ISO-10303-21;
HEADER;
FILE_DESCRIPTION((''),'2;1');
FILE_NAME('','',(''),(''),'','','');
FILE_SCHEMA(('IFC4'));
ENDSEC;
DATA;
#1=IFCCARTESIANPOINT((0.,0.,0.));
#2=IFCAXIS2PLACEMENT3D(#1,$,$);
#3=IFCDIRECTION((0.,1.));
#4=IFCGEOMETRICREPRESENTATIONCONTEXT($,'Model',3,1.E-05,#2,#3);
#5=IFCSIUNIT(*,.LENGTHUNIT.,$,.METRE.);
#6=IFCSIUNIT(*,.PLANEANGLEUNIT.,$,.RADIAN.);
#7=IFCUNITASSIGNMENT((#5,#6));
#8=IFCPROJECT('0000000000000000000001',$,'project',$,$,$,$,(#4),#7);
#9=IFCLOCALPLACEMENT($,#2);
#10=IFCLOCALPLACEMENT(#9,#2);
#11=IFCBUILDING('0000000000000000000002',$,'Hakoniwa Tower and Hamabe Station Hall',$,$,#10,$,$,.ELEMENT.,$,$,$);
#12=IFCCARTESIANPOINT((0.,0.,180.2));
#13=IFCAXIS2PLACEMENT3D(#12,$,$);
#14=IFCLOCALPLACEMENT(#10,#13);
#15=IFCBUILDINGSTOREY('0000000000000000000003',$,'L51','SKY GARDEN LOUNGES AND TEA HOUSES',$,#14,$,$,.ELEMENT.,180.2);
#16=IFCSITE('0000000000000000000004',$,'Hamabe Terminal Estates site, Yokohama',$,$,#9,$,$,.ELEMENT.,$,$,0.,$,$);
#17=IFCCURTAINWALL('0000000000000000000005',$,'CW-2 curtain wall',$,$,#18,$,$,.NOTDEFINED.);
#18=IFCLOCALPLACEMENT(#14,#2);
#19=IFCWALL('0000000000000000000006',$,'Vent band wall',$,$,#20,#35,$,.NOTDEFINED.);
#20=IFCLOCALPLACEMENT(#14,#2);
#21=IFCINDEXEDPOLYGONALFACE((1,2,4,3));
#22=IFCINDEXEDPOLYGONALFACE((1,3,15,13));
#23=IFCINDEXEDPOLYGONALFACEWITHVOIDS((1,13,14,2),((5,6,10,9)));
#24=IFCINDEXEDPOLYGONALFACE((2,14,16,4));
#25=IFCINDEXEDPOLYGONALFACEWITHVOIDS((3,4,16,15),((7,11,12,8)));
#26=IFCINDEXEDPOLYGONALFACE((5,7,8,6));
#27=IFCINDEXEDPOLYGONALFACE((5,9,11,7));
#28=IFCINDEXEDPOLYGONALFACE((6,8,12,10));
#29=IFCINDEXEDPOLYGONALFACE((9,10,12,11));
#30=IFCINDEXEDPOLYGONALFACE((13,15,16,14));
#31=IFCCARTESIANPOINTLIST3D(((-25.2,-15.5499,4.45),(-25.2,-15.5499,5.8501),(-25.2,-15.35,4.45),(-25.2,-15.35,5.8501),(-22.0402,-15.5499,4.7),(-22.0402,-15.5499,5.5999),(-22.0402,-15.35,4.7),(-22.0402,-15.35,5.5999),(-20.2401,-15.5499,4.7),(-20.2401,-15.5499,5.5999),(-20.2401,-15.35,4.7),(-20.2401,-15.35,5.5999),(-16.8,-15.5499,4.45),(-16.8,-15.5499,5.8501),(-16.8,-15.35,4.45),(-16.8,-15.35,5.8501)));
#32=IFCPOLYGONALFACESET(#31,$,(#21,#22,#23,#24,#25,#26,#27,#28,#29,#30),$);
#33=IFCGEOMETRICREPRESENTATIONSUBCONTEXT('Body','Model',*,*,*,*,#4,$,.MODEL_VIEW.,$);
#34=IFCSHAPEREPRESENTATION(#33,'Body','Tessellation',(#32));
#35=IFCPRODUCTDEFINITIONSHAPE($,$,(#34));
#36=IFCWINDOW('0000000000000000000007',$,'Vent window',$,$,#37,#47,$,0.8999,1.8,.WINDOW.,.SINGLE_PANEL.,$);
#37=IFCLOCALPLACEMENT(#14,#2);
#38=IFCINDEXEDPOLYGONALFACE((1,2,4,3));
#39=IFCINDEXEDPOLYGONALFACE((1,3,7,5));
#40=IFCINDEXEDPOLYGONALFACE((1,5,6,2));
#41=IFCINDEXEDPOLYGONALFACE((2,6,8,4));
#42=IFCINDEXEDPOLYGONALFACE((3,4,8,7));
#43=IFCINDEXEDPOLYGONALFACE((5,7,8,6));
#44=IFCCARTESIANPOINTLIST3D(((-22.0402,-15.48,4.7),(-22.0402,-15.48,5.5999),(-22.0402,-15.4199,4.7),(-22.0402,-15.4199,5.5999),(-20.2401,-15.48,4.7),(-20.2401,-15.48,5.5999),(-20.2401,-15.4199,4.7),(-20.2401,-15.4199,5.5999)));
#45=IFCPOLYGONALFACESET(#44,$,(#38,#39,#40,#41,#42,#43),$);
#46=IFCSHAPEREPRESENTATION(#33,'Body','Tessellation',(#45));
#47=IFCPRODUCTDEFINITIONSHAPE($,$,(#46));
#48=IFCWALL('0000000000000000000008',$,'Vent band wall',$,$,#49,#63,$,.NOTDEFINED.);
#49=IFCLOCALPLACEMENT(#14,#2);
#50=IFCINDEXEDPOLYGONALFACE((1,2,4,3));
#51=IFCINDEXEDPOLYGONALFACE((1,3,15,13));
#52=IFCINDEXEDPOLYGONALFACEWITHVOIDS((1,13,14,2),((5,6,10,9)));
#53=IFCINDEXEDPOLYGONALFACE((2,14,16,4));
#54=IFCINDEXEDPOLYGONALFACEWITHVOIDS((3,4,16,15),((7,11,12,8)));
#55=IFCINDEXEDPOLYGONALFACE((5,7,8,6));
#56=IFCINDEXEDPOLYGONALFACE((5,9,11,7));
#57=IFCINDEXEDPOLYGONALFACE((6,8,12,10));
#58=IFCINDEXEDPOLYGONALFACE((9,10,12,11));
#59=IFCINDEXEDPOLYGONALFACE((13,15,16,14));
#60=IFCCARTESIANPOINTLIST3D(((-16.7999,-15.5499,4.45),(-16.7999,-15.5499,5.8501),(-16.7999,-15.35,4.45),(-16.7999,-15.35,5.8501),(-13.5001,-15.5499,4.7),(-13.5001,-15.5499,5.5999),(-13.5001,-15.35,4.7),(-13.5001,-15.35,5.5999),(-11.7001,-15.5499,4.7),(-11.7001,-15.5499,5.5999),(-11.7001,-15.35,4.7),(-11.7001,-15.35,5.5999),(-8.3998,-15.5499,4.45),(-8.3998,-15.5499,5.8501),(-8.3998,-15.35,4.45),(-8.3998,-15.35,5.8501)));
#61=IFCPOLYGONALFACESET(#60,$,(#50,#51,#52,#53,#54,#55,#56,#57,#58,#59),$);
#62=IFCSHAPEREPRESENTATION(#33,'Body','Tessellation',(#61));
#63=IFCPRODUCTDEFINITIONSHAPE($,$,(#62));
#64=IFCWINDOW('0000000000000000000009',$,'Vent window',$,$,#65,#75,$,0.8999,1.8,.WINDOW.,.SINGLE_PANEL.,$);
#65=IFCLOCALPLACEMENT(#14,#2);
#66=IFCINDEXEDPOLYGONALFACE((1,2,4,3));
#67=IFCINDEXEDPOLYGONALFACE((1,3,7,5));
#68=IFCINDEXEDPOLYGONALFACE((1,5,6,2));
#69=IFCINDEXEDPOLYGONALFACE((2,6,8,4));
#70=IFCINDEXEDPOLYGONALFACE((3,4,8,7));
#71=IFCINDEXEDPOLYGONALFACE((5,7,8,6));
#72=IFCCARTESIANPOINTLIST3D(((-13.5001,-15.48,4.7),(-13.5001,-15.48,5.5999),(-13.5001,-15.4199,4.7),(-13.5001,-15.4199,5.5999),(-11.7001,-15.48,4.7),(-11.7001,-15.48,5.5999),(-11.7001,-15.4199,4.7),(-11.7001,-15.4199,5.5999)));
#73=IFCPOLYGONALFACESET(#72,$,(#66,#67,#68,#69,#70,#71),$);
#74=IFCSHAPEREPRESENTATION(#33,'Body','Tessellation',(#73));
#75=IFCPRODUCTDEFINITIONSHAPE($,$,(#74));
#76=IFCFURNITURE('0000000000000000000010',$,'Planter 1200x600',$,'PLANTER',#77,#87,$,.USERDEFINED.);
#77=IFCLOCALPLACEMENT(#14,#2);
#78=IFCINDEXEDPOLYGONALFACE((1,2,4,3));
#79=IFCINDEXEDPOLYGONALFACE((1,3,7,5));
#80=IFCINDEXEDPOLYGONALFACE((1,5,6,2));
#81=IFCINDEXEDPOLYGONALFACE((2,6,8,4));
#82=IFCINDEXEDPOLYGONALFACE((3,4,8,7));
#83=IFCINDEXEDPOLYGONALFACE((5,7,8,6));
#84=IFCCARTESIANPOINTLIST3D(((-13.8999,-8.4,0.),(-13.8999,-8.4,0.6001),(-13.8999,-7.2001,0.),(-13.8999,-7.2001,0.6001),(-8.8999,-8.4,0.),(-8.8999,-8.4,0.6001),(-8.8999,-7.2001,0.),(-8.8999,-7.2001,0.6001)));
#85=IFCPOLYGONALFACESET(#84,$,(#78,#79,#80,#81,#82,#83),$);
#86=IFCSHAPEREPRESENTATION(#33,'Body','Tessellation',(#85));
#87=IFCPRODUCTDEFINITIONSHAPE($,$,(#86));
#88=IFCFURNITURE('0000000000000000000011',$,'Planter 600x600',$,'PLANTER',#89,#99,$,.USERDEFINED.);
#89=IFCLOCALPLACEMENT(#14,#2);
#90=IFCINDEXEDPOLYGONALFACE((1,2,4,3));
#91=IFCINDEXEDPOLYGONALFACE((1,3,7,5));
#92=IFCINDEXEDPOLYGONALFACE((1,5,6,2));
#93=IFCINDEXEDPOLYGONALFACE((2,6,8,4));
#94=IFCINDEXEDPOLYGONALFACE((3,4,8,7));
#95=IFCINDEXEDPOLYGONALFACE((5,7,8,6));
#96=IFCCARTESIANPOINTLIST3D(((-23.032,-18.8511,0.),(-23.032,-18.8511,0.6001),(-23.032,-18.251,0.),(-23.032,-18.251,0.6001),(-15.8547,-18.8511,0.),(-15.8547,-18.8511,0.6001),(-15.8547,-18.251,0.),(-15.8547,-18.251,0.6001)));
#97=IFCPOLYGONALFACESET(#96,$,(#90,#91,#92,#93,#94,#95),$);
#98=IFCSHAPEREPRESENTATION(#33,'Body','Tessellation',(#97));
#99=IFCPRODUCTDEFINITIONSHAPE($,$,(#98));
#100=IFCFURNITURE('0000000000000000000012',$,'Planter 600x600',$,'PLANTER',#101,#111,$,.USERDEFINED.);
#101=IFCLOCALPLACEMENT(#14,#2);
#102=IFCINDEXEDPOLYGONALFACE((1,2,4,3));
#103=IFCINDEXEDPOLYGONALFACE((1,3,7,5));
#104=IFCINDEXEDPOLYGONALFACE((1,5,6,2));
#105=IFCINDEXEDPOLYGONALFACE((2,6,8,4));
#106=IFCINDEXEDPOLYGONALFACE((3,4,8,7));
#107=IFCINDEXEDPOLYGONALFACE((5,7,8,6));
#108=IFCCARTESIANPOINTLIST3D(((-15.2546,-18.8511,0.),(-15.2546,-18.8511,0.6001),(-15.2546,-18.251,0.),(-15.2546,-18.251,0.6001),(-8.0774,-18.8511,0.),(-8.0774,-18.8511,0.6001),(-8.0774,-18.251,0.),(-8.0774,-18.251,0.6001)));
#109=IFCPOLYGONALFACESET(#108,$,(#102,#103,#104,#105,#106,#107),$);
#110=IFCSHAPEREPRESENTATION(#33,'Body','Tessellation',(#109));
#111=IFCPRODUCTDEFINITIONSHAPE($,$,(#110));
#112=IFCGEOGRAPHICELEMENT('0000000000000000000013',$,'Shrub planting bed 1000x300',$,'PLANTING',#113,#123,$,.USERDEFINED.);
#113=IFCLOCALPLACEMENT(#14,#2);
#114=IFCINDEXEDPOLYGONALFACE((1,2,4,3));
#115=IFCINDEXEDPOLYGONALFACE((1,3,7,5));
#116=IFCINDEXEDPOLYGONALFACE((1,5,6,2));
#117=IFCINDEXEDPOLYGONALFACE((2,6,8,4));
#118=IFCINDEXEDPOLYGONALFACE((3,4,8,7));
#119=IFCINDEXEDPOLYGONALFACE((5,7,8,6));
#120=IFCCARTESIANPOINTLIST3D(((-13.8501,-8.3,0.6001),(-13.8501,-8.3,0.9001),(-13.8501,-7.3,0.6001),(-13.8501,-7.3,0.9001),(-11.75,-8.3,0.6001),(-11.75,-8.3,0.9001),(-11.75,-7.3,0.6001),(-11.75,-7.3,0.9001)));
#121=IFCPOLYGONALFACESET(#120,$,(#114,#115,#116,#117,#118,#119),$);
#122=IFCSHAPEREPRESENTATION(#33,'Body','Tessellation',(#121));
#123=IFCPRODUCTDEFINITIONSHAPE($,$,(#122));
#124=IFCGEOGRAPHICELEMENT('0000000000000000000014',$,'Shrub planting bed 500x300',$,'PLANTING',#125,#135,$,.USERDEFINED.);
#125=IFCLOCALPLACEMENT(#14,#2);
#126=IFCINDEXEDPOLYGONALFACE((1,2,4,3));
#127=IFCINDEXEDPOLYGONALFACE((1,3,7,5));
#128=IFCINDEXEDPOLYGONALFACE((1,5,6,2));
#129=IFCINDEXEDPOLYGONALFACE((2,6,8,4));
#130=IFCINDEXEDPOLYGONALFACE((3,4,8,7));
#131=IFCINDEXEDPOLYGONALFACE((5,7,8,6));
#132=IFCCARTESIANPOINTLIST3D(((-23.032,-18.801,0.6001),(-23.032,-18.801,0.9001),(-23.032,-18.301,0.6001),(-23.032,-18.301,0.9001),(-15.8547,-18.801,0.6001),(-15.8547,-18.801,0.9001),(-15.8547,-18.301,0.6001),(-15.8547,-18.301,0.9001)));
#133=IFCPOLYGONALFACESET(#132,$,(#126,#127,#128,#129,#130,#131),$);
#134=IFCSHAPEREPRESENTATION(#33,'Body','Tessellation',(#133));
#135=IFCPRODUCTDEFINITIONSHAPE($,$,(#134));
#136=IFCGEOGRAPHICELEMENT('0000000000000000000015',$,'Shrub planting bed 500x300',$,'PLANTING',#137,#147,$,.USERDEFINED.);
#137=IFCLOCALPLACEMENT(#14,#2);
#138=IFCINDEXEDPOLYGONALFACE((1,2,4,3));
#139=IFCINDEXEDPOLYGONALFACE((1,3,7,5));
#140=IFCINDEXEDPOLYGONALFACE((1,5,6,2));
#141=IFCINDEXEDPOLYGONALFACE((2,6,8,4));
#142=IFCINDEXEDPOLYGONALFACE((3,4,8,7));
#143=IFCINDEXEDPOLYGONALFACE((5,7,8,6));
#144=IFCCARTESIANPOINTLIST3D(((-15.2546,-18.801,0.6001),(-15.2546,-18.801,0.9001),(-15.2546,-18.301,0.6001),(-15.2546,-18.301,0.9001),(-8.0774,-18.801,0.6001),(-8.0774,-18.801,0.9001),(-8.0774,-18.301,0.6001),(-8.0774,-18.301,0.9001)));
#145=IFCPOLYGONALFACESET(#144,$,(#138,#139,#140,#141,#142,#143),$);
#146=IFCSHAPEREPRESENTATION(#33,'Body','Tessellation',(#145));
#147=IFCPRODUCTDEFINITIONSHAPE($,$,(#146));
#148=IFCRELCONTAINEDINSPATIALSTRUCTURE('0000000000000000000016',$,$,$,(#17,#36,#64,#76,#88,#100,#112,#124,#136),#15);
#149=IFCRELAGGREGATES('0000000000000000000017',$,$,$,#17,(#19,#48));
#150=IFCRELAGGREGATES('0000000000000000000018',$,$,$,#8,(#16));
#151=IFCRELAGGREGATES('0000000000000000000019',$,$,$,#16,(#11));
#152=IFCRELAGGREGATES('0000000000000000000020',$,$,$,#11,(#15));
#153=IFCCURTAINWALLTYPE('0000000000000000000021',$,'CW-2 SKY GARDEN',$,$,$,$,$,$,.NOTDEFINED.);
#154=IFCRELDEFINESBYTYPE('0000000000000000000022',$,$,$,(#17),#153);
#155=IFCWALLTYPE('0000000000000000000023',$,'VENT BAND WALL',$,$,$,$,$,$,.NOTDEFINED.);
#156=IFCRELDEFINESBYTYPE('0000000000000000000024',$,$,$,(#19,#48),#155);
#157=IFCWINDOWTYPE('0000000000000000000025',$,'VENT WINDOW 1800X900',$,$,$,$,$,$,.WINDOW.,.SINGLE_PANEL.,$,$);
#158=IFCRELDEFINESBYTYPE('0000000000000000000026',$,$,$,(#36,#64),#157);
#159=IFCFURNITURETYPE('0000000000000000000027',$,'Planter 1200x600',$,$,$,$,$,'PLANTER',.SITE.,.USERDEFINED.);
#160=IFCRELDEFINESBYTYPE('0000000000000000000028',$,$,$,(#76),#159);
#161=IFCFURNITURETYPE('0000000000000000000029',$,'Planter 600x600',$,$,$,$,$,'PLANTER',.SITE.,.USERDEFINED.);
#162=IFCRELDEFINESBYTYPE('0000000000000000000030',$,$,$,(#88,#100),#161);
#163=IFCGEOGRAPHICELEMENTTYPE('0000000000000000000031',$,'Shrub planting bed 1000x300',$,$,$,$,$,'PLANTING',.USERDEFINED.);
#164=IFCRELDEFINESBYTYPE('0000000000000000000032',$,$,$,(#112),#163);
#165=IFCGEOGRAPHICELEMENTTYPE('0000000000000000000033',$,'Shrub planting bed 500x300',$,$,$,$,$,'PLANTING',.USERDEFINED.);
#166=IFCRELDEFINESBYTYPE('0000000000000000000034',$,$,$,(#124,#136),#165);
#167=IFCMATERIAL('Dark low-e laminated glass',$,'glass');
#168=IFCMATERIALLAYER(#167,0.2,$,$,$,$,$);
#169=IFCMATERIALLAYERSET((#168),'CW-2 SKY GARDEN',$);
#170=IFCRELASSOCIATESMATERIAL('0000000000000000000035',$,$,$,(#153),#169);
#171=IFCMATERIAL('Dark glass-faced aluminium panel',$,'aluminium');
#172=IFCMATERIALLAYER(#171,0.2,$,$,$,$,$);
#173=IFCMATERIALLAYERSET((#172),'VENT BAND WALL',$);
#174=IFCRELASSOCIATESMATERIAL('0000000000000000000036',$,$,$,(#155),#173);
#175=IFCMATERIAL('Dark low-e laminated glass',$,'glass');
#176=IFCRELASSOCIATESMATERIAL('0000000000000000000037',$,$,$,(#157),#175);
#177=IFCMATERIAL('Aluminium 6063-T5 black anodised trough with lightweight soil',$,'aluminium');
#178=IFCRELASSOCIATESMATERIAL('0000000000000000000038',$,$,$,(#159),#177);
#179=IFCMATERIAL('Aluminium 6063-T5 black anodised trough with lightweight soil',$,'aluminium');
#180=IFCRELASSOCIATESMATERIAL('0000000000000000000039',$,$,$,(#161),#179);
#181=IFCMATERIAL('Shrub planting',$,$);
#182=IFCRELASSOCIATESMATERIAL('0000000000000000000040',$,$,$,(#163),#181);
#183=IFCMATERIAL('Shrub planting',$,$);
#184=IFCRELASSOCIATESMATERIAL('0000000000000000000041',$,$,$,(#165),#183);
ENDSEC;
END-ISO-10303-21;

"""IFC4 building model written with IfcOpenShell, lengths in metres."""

from ifc_helpers import new_model, si_unit, direction, frame, frame_2d, origin, origin_2d, place, context, subcontext, project, spatial, rectangle, extrude, material, layer, layer_set, type_object, element, fill, aggregate, save


model = new_model("IFC4")

# Units and contexts
model_context = context("Model", 3, precision=1e-05, world=origin(), true_north=direction((0.0, 1.0)))
body_context = subcontext(model_context, "Body", "Model", "MODEL_VIEW")
ifc_project = project(units=[si_unit("LENGTHUNIT", "METRE"), si_unit("PLANEANGLEUNIT", "RADIAN")], contexts=[model_context])

# Site, building, storey
site_placement = place(None, origin())
site = spatial("IfcSite", under=ifc_project, at=site_placement, Name="Hamabe Terminal Estates site, Yokohama", CompositionType="ELEMENT", RefElevation=0.0)
building_placement = place(site_placement, origin())
building = spatial("IfcBuilding", under=site, at=building_placement, Name="Hakoniwa Tower and Hamabe Station Hall", CompositionType="ELEMENT")
storey_placement = place(building_placement, frame((0.0, 0.0, 180.2)))
storey = spatial("IfcBuildingStorey", under=building, at=storey_placement, Name="L51", Description="SKY GARDEN LOUNGES AND TEA HOUSES", CompositionType="ELEMENT", Elevation=180.2)

# Curtain wall
ifc_material_1 = material(Name="Dark low-e laminated glass", Category="glass")
ifc_layer_1 = layer(ifc_material_1, 0.2)
ifc_layer_set_1 = layer_set([ifc_layer_1], Name="CW-2 SKY GARDEN")
curtain_wall_type = type_object("IfcCurtainWallType", Name="CW-2 SKY GARDEN", PredefinedType="NOTDEFINED", material=ifc_layer_set_1)
curtain_wall_placement = place(storey_placement, origin())
curtain_wall = element("IfcCurtainWall", 1, at=curtain_wall_placement, inside=storey, type_object=curtain_wall_type, Name="CW-2 curtain wall", PredefinedType="NOTDEFINED")

# Walls, openings, windows
ifc_material_2 = material(Name="Dark glass-faced aluminium panel", Category="aluminium")
ifc_layer_2 = layer(ifc_material_2, 0.2)
ifc_layer_set_2 = layer_set([ifc_layer_2], Name="VENT BAND WALL")
wall_type_1 = type_object("IfcWallType", Name="VENT BAND WALL", PredefinedType="NOTDEFINED", material=ifc_layer_set_2)
wall_1_placement = place(storey_placement, frame((-25.2, -15.45, 4.45), z_axis=(0.0, 0.0, 1.0), x_axis=(1.0, 0.0, 0.0)))
wall_1 = element("IfcWall", 2, at=wall_1_placement, type_object=wall_type_1, Name="Vent band wall", PredefinedType="NOTDEFINED", context=body_context, shape_type="SweptSolid", body=[
    extrude(rectangle(XDim=8.3999, YDim=0.2, at=frame_2d((4.2, 0.0))), origin(), (0.0, 0.0, 1.0), 1.4001),
])
opening_1_placement = place(wall_1_placement, frame((3.1599, 0.0, 0.25)))
opening_1 = element("IfcOpeningElement", 3, at=opening_1_placement, cuts=wall_1, PredefinedType="OPENING", context=body_context, shape_type="SweptSolid", body=[
    extrude(rectangle(XDim=1.8, YDim=0.8999, at=frame_2d((0.8999, 0.45))), frame((0.0, 0.1099, 0.0), z_axis=(0.0, -1.0, 0.0), x_axis=(1.0, 0.0, 0.0)), (0.0, 0.0, 1.0), 0.22),
])
ifc_material_3 = material(Name="Dark low-e laminated glass", Category="glass")
window_type = type_object("IfcWindowType", Name="VENT WINDOW 1800X900", PartitioningType="SINGLE_PANEL", PredefinedType="WINDOW", material=ifc_material_3)
window_1_placement = place(opening_1_placement, origin())
window_1 = element("IfcWindow", 4, at=window_1_placement, inside=storey, type_object=window_type, Name="Vent window", OverallHeight=0.8999, OverallWidth=1.8, PartitioningType="SINGLE_PANEL", PredefinedType="WINDOW", context=body_context, shape_type="SweptSolid", body=[
    extrude(rectangle(XDim=1.8, YDim=0.8999, at=frame_2d((0.8999, 0.45))), frame((0.0, 0.03, 0.0), z_axis=(0.0, -1.0, 0.0), x_axis=(1.0, 0.0, 0.0)), (0.0, 0.0, 1.0), 0.0601),
])
fill(opening_1, window_1)
wall_2_placement = place(storey_placement, frame((-16.8, -15.45, 4.45), z_axis=(0.0, 0.0, 1.0), x_axis=(1.0, 0.0, 0.0)))
wall_2 = element("IfcWall", 5, at=wall_2_placement, type_object=wall_type_1, Name="Vent band wall", PredefinedType="NOTDEFINED", context=body_context, shape_type="SweptSolid", body=[
    extrude(rectangle(XDim=8.4001, YDim=0.2, at=frame_2d((4.2002, 0.0))), origin(), (0.0, 0.0, 1.0), 1.4001),
])
opening_2_placement = place(wall_2_placement, frame((3.3, 0.0, 0.25)))
opening_2 = element("IfcOpeningElement", 6, at=opening_2_placement, cuts=wall_2, PredefinedType="OPENING", context=body_context, shape_type="SweptSolid", body=[
    extrude(rectangle(XDim=1.8, YDim=0.8999, at=frame_2d((0.8999, 0.45))), frame((0.0, 0.1099, 0.0), z_axis=(0.0, -1.0, 0.0), x_axis=(1.0, 0.0, 0.0)), (0.0, 0.0, 1.0), 0.22),
])
window_2_placement = place(opening_2_placement, origin())
window_2 = element("IfcWindow", 7, at=window_2_placement, inside=storey, type_object=window_type, Name="Vent window", OverallHeight=0.8999, OverallWidth=1.8, PartitioningType="SINGLE_PANEL", PredefinedType="WINDOW", context=body_context, shape_type="SweptSolid", body=[
    extrude(rectangle(XDim=1.8, YDim=0.8999, at=frame_2d((0.8999, 0.45))), frame((0.0, 0.03, 0.0), z_axis=(0.0, -1.0, 0.0), x_axis=(1.0, 0.0, 0.0)), (0.0, 0.0, 1.0), 0.0601),
])
fill(opening_2, window_2)
aggregate(curtain_wall, [wall_1, wall_2])

# Furniture
ifc_material_4 = material(Name="Aluminium 6063-T5 black anodised trough with lightweight soil", Category="aluminium")
furniture_type_1 = type_object("IfcFurnitureType", Name="Planter 1200x600", ElementType="PLANTER", AssemblyPlace="SITE", PredefinedType="USERDEFINED", material=ifc_material_4)
furniture_placement = place(storey_placement, frame((-11.3999, -7.8, 0.0), z_axis=(0.0, 0.0, 1.0), x_axis=(1.0, 0.0, 0.0)))
element("IfcFurniture", 8, at=furniture_placement, inside=storey, type_object=furniture_type_1, Name="Planter 1200x600", ObjectType="PLANTER", PredefinedType="USERDEFINED", context=body_context, shape_type="SweptSolid", body=[
    extrude(rectangle(XDim=5.0, YDim=1.2, at=origin_2d()), origin(), (0.0, 0.0, 1.0), 0.6001),
])
ifc_material_5 = material(Name="Aluminium 6063-T5 black anodised trough with lightweight soil", Category="aluminium")
furniture_type_2 = type_object("IfcFurnitureType", Name="Planter 600x600", ElementType="PLANTER", AssemblyPlace="SITE", PredefinedType="USERDEFINED", material=ifc_material_5)
for number, where, z_axis, x_axis, name in (
    (9, (-19.4434, -18.551, 0.0), (0.0, 0.0, 1.0), (1.0, 0.0, 0.0), "Planter 600x600"),
    (10, (-11.666, -18.551, 0.0), (0.0, 0.0, 1.0), (1.0, 0.0, 0.0), "Planter 600x600"),
):
    element("IfcFurniture", number, at=place(storey_placement, frame(where, z_axis=z_axis, x_axis=x_axis)), inside=storey, type_object=furniture_type_2, Name=name, ObjectType="PLANTER", PredefinedType="USERDEFINED", context=body_context, shape_type="SweptSolid", body=[
        extrude(rectangle(XDim=7.1772, YDim=0.6001, at=origin_2d()), origin(), (0.0, 0.0, 1.0), 0.6001),
    ])

# Geographic elements
ifc_material_6 = material(Name="Shrub planting")
geographic_element_type_1 = type_object("IfcGeographicElementType", Name="Shrub planting bed 1000x300", ElementType="PLANTING", PredefinedType="USERDEFINED", material=ifc_material_6)
geographic_element_placement = place(storey_placement, frame((-12.8, -7.8, 0.6001), z_axis=(0.0, 0.0, 1.0), x_axis=(1.0, 0.0, 0.0)))
element("IfcGeographicElement", 11, at=geographic_element_placement, inside=storey, type_object=geographic_element_type_1, Name="Shrub planting bed 1000x300", ObjectType="PLANTING", PredefinedType="USERDEFINED", context=body_context, shape_type="SweptSolid", body=[
    extrude(rectangle(XDim=2.1001, YDim=1.0, at=origin_2d()), origin(), (0.0, 0.0, 1.0), 0.3),
])
ifc_material_7 = material(Name="Shrub planting")
geographic_element_type_2 = type_object("IfcGeographicElementType", Name="Shrub planting bed 500x300", ElementType="PLANTING", PredefinedType="USERDEFINED", material=ifc_material_7)
for number, where, z_axis, x_axis, name in (
    (12, (-19.4434, -18.551, 0.6001), (0.0, 0.0, 1.0), (1.0, 0.0, 0.0), "Shrub planting bed 500x300"),
    (13, (-11.666, -18.551, 0.6001), (0.0, 0.0, 1.0), (1.0, 0.0, 0.0), "Shrub planting bed 500x300"),
):
    element("IfcGeographicElement", number, at=place(storey_placement, frame(where, z_axis=z_axis, x_axis=x_axis)), inside=storey, type_object=geographic_element_type_2, Name=name, ObjectType="PLANTING", PredefinedType="USERDEFINED", context=body_context, shape_type="SweptSolid", body=[
        extrude(rectangle(XDim=7.1772, YDim=0.5, at=origin_2d()), origin(), (0.0, 0.0, 1.0), 0.3),
    ])

save(model, "model.ifc")
